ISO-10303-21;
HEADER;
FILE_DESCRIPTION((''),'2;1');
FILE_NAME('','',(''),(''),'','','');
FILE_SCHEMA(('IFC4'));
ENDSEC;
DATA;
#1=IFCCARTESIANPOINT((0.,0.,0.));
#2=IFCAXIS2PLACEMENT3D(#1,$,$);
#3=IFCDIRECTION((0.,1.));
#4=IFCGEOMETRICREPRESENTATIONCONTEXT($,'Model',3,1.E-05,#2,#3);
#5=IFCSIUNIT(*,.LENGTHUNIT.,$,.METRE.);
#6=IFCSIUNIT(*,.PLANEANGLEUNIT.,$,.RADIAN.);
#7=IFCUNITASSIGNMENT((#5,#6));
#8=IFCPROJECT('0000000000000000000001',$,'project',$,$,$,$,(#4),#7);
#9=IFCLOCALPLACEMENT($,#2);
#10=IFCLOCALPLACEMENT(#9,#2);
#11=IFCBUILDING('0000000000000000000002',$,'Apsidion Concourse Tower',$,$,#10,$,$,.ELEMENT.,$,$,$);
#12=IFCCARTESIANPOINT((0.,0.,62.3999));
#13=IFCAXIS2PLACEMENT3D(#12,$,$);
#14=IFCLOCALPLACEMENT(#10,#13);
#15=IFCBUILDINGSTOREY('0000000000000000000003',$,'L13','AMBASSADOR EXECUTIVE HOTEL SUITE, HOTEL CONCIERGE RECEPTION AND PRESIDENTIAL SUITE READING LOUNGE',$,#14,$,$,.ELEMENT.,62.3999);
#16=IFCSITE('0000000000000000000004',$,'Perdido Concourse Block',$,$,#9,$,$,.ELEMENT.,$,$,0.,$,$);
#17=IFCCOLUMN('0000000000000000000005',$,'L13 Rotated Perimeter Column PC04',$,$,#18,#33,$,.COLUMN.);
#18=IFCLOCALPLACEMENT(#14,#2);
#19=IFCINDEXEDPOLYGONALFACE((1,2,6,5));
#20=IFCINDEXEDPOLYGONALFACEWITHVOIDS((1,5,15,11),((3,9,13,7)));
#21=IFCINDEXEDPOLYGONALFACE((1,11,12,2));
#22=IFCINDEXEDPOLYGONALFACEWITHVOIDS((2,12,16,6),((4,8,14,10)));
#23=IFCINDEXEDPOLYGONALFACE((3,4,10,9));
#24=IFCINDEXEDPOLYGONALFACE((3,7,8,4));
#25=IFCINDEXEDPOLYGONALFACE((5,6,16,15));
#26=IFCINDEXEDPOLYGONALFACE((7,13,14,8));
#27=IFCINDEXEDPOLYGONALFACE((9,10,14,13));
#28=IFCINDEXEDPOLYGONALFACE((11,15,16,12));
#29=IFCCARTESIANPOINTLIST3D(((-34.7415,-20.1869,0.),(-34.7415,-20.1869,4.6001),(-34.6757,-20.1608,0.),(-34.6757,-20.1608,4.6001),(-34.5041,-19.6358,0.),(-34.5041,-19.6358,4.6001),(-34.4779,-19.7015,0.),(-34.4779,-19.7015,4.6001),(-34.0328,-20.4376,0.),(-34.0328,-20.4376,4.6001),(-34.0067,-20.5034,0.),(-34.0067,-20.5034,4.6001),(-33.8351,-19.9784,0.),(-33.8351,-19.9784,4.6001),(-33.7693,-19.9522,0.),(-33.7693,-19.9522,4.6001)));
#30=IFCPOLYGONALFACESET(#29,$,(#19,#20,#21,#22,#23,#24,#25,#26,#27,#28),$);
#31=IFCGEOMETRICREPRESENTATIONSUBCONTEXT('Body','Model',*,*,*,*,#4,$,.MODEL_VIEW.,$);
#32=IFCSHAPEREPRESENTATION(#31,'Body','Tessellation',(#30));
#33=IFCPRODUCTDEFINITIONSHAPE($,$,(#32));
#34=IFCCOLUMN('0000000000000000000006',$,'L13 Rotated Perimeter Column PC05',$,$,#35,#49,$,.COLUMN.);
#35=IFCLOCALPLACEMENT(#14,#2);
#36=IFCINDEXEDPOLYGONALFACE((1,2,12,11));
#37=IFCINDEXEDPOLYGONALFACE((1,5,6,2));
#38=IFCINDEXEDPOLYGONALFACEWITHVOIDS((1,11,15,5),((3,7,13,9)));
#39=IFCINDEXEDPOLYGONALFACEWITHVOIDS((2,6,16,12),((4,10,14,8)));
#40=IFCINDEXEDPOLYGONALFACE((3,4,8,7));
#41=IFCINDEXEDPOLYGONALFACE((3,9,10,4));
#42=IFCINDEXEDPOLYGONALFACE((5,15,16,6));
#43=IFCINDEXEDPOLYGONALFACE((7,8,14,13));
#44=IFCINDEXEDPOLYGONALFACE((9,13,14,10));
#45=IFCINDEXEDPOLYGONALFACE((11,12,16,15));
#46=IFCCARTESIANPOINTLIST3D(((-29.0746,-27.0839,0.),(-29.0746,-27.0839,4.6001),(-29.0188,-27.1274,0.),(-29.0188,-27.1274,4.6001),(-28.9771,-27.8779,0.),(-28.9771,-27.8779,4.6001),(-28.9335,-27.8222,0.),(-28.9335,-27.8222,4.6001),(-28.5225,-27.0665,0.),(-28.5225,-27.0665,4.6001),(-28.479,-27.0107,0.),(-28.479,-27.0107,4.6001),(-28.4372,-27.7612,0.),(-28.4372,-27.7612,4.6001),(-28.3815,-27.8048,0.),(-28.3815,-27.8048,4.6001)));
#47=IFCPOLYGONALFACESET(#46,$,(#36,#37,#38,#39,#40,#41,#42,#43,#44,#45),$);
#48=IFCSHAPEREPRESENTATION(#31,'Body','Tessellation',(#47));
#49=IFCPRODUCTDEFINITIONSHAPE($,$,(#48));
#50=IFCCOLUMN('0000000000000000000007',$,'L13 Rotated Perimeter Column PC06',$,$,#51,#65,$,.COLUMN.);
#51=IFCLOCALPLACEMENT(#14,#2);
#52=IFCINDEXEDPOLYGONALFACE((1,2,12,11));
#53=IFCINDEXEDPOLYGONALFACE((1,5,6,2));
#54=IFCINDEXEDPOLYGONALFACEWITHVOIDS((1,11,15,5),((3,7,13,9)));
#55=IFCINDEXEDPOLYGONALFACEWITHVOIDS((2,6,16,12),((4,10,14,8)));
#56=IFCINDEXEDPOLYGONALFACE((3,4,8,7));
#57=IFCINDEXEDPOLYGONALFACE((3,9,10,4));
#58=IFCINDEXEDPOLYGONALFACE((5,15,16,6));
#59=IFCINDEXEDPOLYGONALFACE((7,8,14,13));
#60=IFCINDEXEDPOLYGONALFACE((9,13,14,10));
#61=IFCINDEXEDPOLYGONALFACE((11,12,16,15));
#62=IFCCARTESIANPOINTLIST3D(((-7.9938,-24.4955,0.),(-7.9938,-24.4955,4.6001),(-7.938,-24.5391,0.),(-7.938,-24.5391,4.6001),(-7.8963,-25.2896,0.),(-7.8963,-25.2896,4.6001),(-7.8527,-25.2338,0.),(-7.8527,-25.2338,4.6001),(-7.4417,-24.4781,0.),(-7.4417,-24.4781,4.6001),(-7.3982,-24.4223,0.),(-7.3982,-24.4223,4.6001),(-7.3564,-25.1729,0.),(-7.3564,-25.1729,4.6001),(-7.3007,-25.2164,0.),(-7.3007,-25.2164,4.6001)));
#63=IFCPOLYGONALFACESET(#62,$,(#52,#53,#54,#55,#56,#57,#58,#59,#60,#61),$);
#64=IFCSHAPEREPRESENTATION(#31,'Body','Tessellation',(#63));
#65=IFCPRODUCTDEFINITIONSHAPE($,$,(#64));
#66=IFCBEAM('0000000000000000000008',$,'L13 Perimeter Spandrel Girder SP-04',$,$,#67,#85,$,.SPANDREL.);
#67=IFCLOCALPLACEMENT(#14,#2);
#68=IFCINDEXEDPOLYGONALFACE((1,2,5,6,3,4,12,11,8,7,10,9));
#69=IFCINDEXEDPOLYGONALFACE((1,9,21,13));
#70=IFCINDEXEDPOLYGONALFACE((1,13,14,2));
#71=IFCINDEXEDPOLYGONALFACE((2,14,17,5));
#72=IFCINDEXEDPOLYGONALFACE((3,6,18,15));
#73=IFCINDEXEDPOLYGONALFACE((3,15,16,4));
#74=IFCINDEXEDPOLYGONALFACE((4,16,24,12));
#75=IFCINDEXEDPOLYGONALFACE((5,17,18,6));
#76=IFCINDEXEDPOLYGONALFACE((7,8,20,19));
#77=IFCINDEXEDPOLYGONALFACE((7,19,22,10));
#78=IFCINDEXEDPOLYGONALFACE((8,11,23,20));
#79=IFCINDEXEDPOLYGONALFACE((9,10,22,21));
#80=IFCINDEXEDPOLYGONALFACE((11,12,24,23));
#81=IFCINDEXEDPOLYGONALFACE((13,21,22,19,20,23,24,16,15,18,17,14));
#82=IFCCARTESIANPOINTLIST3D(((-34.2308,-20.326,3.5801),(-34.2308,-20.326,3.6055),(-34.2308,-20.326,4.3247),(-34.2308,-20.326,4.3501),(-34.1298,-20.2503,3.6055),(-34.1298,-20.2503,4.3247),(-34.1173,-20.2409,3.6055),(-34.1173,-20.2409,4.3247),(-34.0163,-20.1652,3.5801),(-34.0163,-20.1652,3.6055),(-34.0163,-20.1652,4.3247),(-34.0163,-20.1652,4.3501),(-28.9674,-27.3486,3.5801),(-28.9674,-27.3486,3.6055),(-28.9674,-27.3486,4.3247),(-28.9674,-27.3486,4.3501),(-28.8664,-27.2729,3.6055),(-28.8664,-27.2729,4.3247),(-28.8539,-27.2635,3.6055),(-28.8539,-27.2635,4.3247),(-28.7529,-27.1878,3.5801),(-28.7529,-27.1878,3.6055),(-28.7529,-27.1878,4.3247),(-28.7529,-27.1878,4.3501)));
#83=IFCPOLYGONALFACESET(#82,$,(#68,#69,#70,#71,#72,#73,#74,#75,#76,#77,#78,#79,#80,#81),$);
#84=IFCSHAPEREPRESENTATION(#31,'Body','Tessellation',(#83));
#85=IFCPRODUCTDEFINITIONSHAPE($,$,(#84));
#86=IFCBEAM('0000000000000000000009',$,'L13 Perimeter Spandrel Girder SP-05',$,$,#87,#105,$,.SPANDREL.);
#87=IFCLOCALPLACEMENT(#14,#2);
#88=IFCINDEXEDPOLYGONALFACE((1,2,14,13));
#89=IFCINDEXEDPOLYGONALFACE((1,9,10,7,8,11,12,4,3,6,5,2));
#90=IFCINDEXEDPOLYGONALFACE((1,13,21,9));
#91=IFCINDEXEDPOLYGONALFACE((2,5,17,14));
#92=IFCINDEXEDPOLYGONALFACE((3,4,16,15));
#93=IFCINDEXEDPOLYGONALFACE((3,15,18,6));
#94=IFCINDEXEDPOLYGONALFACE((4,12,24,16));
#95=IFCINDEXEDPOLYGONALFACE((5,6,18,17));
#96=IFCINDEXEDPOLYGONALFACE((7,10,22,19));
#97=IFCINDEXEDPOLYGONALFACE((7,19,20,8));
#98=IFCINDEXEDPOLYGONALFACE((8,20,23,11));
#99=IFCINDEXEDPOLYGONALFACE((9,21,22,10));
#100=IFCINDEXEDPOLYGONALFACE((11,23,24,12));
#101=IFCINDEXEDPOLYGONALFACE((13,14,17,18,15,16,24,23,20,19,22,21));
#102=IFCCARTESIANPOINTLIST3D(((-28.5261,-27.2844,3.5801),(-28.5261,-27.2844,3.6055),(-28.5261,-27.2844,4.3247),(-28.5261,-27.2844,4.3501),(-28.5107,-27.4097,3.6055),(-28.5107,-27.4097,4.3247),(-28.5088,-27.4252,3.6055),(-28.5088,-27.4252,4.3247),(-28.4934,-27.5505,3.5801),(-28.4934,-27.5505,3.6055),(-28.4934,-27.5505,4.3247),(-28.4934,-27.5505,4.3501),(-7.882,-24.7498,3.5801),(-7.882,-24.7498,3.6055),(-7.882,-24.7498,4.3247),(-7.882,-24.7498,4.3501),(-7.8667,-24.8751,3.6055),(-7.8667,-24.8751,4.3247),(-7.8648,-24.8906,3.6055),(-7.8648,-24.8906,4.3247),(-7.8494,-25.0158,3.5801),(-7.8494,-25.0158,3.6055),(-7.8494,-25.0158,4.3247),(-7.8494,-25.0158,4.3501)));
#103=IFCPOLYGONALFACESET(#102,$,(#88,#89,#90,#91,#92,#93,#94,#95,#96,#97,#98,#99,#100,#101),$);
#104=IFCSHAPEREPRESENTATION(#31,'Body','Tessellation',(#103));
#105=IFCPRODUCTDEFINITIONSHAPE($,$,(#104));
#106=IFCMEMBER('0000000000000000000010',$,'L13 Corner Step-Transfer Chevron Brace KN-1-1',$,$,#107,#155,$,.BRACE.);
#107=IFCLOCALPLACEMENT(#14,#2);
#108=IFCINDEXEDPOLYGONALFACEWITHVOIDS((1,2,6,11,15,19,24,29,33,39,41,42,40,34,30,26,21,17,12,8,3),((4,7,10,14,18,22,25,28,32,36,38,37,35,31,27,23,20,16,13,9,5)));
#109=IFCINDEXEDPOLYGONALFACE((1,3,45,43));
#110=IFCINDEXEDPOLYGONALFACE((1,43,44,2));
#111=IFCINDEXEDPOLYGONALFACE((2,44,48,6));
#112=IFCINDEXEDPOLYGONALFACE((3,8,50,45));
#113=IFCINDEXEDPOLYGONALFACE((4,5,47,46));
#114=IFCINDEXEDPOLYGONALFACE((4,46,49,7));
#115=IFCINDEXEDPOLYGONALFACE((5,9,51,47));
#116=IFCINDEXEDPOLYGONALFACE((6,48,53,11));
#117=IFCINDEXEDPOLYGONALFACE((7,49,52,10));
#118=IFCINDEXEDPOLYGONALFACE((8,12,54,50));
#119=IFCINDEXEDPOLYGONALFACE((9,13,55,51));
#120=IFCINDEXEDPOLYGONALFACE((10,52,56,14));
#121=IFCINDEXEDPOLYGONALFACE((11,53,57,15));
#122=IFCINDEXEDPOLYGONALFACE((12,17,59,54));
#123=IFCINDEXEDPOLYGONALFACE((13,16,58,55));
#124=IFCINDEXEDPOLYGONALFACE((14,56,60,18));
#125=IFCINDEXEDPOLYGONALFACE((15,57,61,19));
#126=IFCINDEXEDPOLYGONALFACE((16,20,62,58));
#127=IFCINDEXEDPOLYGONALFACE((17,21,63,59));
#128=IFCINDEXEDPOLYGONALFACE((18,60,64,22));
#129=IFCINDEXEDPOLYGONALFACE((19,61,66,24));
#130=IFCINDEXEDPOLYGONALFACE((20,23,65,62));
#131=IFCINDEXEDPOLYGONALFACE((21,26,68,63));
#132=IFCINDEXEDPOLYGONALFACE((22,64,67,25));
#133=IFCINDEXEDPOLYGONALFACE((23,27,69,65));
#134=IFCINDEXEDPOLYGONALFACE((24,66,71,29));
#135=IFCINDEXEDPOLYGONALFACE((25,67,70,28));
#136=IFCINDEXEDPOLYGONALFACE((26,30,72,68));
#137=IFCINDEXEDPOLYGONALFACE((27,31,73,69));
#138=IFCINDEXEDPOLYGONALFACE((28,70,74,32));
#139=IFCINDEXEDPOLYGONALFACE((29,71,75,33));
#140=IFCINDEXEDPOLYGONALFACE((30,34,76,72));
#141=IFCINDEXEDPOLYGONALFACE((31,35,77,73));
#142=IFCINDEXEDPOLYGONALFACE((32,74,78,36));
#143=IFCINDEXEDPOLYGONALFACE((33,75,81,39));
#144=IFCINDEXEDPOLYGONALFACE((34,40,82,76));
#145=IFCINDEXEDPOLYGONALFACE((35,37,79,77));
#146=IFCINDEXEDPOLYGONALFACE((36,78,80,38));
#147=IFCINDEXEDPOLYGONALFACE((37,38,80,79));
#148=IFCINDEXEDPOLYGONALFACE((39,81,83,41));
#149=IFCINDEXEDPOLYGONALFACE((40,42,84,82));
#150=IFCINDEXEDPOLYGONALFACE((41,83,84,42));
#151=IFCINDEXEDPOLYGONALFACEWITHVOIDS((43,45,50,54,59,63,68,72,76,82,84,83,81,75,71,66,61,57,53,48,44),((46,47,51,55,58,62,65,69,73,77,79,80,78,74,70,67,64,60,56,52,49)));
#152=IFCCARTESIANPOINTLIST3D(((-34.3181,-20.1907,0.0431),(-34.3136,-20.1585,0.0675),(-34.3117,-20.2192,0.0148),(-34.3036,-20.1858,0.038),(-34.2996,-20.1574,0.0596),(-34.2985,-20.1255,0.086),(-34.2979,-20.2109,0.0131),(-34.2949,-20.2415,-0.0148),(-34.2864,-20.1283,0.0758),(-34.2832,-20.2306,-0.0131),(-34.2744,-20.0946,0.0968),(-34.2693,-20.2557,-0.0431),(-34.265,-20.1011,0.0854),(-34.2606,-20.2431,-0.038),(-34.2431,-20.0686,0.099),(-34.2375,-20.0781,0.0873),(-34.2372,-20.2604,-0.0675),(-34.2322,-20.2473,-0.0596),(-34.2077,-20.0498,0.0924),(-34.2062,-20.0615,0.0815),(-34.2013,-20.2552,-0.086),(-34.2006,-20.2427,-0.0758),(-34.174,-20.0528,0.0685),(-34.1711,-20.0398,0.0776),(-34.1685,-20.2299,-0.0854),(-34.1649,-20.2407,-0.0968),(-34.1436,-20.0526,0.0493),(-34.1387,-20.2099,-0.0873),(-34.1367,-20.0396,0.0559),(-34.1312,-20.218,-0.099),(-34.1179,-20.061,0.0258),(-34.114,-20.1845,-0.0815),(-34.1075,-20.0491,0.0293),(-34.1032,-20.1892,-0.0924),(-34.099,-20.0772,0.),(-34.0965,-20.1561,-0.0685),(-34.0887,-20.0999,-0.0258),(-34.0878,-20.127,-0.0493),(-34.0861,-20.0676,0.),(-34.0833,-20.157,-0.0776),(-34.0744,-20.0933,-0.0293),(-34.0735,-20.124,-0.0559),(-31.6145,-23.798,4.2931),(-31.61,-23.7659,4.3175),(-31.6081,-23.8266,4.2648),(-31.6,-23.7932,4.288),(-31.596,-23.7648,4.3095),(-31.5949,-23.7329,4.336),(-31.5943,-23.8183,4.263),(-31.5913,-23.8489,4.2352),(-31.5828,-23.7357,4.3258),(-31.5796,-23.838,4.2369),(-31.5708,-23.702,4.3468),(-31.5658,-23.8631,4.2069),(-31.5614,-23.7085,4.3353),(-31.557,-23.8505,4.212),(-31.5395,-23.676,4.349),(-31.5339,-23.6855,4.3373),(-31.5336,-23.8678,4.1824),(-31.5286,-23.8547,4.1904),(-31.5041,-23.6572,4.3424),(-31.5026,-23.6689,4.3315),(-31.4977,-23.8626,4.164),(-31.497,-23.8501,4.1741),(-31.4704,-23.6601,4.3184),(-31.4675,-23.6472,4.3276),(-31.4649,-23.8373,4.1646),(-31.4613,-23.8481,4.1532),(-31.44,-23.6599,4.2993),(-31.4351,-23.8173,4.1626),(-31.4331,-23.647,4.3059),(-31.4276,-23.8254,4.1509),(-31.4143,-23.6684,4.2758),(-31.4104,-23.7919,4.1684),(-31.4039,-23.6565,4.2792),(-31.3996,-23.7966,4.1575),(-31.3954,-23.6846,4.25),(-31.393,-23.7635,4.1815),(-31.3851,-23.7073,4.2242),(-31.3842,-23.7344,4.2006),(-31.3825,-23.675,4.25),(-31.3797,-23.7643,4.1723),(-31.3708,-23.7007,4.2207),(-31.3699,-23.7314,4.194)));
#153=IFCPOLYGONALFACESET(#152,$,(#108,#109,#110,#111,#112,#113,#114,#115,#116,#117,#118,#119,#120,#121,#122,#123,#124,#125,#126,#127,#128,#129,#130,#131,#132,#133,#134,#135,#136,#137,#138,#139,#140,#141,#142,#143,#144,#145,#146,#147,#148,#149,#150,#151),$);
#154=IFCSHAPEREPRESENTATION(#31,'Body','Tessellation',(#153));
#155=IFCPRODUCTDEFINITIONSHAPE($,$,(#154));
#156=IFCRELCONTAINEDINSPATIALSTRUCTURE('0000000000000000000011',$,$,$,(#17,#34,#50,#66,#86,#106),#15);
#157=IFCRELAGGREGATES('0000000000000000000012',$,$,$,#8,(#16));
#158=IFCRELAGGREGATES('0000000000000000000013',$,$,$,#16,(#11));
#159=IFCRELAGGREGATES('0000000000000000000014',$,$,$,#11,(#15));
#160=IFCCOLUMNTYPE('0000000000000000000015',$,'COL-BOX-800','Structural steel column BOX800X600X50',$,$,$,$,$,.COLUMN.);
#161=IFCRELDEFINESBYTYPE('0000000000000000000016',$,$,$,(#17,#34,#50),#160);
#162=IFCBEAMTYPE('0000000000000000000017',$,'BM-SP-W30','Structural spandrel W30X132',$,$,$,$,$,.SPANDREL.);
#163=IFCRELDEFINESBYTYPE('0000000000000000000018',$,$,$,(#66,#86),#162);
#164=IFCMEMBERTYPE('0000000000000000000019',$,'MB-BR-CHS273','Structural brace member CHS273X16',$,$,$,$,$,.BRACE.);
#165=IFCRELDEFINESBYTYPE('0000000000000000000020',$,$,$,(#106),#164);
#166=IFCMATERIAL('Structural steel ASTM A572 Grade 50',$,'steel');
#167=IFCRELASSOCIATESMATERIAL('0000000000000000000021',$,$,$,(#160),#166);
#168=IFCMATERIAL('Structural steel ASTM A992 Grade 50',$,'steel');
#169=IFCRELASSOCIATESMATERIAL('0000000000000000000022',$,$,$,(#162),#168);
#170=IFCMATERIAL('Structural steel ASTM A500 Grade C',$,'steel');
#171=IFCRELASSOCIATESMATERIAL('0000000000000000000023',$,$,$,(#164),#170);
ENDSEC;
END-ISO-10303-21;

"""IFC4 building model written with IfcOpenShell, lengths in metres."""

from ifc_helpers import new_model, si_unit, direction, frame, origin, origin_2d, place, context, subcontext, project, spatial, hollow_rectangle, hollow_circle, i_section, extrude, material, material_profile, profile_set, type_object, element, save


model = new_model("IFC4")

# Units and contexts
model_context = context("Model", 3, precision=1e-05, world=origin(), true_north=direction((0.0, 1.0)))
body_context = subcontext(model_context, "Body", "Model", "MODEL_VIEW")
ifc_project = project(units=[si_unit("LENGTHUNIT", "METRE"), si_unit("PLANEANGLEUNIT", "RADIAN")], contexts=[model_context])

# Site, building, storey
site_placement = place(None, origin())
site = spatial("IfcSite", under=ifc_project, at=site_placement, Name="Perdido Concourse Block", CompositionType="ELEMENT", RefElevation=0.0)
building_placement = place(site_placement, origin())
building = spatial("IfcBuilding", under=site, at=building_placement, Name="Apsidion Concourse Tower", CompositionType="ELEMENT")
storey_placement = place(building_placement, frame((0.0, 0.0, 62.3999)))
storey = spatial("IfcBuildingStorey", under=building, at=storey_placement, Name="L13", Description="AMBASSADOR EXECUTIVE HOTEL SUITE, HOTEL CONCIERGE RECEPTION AND PRESIDENTIAL SUITE READING LOUNGE", CompositionType="ELEMENT", Elevation=62.3999)

# Columns
ifc_material_1 = material(Name="Structural steel ASTM A572 Grade 50", Category="steel")
ifc_material_profile_1 = material_profile(ifc_material_1, hollow_rectangle(XDim=0.6001, YDim=0.8, WallThickness=0.05, at=origin_2d()), Name="BOX800X600X50")
ifc_profile_set_1 = profile_set([ifc_material_profile_1], Name="Structural steel ASTM A572 Grade 50")
column_type = type_object("IfcColumnType", Name="COL-BOX-800", Description="Structural steel column BOX800X600X50", PredefinedType="COLUMN", material=ifc_profile_set_1)
for number, where, z_axis, x_axis, name in (
    (1, (-34.2554, -20.0696, 0.0), (0.0, 0.0, 1.0), (0.395546, 0.918446, 0.0), "L13 Rotated Perimeter Column PC04"),
    (2, (-28.728, -27.4443, 0.0), (0.0, 0.0, 1.0), (0.992546, 0.121869, 0.0), "L13 Rotated Perimeter Column PC05"),
    (3, (-7.6472, -24.856, 0.0), (0.0, 0.0, 1.0), (0.992546, 0.121869, 0.0), "L13 Rotated Perimeter Column PC06"),
):
    element("IfcColumn", number, at=place(storey_placement, frame(where, z_axis=z_axis, x_axis=x_axis)), inside=storey, type_object=column_type, Name=name, PredefinedType="COLUMN", context=body_context, shape_type="SweptSolid", body=[
        extrude(hollow_rectangle(XDim=0.6001, YDim=0.8, WallThickness=0.05, at=origin_2d()), origin(), (0.0, 0.0, 1.0), 4.6001),
    ])

# Beams
ifc_material_2 = material(Name="Structural steel ASTM A992 Grade 50", Category="steel")
ifc_material_profile_2 = material_profile(ifc_material_2, i_section(OverallWidth=0.2681, OverallDepth=0.77, WebThickness=0.0156, FlangeThickness=0.0254, at=origin_2d()), Name="W30X132")
ifc_profile_set_2 = profile_set([ifc_material_profile_2], Name="Structural steel ASTM A992 Grade 50")
beam_type = type_object("IfcBeamType", Name="BM-SP-W30", Description="Structural spandrel W30X132", PredefinedType="SPANDREL", material=ifc_profile_set_2)
beam_1_placement = place(storey_placement, frame((-34.1235, -20.2456, 3.9651), z_axis=(0.599737, -0.800197, 0.0), x_axis=(0.800197, 0.599737, 0.0)))
element("IfcBeam", 4, at=beam_1_placement, inside=storey, type_object=beam_type, Name="L13 Perimeter Spandrel Girder SP-04", PredefinedType="SPANDREL", context=body_context, shape_type="SweptSolid", body=[
    extrude(i_section(OverallWidth=0.2681, OverallDepth=0.77, WebThickness=0.0156, FlangeThickness=0.0254, at=origin_2d()), origin(), (0.0, 0.0, 1.0), 8.7761),
])
beam_2_placement = place(storey_placement, frame((-28.5098, -27.4175, 3.9651), z_axis=(0.992547, 0.121865, 0.0), x_axis=(-0.121865, 0.992547, 0.0)))
element("IfcBeam", 5, at=beam_2_placement, inside=storey, type_object=beam_type, Name="L13 Perimeter Spandrel Girder SP-05", PredefinedType="SPANDREL", context=body_context, shape_type="SweptSolid", body=[
    extrude(i_section(OverallWidth=0.2681, OverallDepth=0.77, WebThickness=0.0156, FlangeThickness=0.0254, at=origin_2d()), origin(), (0.0, 0.0, 1.0), 20.7991),
])

# Member
ifc_material_3 = material(Name="Structural steel ASTM A500 Grade C", Category="steel")
ifc_material_profile_3 = material_profile(ifc_material_3, hollow_circle(Radius=0.1365, WallThickness=0.0161, at=origin_2d()), Name="CHS273X16")
ifc_profile_set_3 = profile_set([ifc_material_profile_3], Name="Structural steel ASTM A500 Grade C")
member_type = type_object("IfcMemberType", Name="MB-BR-CHS273", Description="Structural brace member CHS273X16", PredefinedType="BRACE", material=ifc_profile_set_3)
member_1_placement = place(storey_placement, frame((-34.1953, -20.1494, 0.0), z_axis=(0.436376, -0.582255, 0.68597), x_axis=(0.800208, 0.599723, 0.0)))
element("IfcMember", 6, at=member_1_placement, inside=storey, type_object=member_type, Name="L13 Corner Step-Transfer Chevron Brace KN-1-1", PredefinedType="BRACE", context=body_context, shape_type="SweptSolid", body=[
    extrude(hollow_circle(Radius=0.1365, WallThickness=0.0161, at=origin_2d()), origin(), (0.0, 0.0, 1.0), 6.1956),
])

save(model, "model.ifc")
